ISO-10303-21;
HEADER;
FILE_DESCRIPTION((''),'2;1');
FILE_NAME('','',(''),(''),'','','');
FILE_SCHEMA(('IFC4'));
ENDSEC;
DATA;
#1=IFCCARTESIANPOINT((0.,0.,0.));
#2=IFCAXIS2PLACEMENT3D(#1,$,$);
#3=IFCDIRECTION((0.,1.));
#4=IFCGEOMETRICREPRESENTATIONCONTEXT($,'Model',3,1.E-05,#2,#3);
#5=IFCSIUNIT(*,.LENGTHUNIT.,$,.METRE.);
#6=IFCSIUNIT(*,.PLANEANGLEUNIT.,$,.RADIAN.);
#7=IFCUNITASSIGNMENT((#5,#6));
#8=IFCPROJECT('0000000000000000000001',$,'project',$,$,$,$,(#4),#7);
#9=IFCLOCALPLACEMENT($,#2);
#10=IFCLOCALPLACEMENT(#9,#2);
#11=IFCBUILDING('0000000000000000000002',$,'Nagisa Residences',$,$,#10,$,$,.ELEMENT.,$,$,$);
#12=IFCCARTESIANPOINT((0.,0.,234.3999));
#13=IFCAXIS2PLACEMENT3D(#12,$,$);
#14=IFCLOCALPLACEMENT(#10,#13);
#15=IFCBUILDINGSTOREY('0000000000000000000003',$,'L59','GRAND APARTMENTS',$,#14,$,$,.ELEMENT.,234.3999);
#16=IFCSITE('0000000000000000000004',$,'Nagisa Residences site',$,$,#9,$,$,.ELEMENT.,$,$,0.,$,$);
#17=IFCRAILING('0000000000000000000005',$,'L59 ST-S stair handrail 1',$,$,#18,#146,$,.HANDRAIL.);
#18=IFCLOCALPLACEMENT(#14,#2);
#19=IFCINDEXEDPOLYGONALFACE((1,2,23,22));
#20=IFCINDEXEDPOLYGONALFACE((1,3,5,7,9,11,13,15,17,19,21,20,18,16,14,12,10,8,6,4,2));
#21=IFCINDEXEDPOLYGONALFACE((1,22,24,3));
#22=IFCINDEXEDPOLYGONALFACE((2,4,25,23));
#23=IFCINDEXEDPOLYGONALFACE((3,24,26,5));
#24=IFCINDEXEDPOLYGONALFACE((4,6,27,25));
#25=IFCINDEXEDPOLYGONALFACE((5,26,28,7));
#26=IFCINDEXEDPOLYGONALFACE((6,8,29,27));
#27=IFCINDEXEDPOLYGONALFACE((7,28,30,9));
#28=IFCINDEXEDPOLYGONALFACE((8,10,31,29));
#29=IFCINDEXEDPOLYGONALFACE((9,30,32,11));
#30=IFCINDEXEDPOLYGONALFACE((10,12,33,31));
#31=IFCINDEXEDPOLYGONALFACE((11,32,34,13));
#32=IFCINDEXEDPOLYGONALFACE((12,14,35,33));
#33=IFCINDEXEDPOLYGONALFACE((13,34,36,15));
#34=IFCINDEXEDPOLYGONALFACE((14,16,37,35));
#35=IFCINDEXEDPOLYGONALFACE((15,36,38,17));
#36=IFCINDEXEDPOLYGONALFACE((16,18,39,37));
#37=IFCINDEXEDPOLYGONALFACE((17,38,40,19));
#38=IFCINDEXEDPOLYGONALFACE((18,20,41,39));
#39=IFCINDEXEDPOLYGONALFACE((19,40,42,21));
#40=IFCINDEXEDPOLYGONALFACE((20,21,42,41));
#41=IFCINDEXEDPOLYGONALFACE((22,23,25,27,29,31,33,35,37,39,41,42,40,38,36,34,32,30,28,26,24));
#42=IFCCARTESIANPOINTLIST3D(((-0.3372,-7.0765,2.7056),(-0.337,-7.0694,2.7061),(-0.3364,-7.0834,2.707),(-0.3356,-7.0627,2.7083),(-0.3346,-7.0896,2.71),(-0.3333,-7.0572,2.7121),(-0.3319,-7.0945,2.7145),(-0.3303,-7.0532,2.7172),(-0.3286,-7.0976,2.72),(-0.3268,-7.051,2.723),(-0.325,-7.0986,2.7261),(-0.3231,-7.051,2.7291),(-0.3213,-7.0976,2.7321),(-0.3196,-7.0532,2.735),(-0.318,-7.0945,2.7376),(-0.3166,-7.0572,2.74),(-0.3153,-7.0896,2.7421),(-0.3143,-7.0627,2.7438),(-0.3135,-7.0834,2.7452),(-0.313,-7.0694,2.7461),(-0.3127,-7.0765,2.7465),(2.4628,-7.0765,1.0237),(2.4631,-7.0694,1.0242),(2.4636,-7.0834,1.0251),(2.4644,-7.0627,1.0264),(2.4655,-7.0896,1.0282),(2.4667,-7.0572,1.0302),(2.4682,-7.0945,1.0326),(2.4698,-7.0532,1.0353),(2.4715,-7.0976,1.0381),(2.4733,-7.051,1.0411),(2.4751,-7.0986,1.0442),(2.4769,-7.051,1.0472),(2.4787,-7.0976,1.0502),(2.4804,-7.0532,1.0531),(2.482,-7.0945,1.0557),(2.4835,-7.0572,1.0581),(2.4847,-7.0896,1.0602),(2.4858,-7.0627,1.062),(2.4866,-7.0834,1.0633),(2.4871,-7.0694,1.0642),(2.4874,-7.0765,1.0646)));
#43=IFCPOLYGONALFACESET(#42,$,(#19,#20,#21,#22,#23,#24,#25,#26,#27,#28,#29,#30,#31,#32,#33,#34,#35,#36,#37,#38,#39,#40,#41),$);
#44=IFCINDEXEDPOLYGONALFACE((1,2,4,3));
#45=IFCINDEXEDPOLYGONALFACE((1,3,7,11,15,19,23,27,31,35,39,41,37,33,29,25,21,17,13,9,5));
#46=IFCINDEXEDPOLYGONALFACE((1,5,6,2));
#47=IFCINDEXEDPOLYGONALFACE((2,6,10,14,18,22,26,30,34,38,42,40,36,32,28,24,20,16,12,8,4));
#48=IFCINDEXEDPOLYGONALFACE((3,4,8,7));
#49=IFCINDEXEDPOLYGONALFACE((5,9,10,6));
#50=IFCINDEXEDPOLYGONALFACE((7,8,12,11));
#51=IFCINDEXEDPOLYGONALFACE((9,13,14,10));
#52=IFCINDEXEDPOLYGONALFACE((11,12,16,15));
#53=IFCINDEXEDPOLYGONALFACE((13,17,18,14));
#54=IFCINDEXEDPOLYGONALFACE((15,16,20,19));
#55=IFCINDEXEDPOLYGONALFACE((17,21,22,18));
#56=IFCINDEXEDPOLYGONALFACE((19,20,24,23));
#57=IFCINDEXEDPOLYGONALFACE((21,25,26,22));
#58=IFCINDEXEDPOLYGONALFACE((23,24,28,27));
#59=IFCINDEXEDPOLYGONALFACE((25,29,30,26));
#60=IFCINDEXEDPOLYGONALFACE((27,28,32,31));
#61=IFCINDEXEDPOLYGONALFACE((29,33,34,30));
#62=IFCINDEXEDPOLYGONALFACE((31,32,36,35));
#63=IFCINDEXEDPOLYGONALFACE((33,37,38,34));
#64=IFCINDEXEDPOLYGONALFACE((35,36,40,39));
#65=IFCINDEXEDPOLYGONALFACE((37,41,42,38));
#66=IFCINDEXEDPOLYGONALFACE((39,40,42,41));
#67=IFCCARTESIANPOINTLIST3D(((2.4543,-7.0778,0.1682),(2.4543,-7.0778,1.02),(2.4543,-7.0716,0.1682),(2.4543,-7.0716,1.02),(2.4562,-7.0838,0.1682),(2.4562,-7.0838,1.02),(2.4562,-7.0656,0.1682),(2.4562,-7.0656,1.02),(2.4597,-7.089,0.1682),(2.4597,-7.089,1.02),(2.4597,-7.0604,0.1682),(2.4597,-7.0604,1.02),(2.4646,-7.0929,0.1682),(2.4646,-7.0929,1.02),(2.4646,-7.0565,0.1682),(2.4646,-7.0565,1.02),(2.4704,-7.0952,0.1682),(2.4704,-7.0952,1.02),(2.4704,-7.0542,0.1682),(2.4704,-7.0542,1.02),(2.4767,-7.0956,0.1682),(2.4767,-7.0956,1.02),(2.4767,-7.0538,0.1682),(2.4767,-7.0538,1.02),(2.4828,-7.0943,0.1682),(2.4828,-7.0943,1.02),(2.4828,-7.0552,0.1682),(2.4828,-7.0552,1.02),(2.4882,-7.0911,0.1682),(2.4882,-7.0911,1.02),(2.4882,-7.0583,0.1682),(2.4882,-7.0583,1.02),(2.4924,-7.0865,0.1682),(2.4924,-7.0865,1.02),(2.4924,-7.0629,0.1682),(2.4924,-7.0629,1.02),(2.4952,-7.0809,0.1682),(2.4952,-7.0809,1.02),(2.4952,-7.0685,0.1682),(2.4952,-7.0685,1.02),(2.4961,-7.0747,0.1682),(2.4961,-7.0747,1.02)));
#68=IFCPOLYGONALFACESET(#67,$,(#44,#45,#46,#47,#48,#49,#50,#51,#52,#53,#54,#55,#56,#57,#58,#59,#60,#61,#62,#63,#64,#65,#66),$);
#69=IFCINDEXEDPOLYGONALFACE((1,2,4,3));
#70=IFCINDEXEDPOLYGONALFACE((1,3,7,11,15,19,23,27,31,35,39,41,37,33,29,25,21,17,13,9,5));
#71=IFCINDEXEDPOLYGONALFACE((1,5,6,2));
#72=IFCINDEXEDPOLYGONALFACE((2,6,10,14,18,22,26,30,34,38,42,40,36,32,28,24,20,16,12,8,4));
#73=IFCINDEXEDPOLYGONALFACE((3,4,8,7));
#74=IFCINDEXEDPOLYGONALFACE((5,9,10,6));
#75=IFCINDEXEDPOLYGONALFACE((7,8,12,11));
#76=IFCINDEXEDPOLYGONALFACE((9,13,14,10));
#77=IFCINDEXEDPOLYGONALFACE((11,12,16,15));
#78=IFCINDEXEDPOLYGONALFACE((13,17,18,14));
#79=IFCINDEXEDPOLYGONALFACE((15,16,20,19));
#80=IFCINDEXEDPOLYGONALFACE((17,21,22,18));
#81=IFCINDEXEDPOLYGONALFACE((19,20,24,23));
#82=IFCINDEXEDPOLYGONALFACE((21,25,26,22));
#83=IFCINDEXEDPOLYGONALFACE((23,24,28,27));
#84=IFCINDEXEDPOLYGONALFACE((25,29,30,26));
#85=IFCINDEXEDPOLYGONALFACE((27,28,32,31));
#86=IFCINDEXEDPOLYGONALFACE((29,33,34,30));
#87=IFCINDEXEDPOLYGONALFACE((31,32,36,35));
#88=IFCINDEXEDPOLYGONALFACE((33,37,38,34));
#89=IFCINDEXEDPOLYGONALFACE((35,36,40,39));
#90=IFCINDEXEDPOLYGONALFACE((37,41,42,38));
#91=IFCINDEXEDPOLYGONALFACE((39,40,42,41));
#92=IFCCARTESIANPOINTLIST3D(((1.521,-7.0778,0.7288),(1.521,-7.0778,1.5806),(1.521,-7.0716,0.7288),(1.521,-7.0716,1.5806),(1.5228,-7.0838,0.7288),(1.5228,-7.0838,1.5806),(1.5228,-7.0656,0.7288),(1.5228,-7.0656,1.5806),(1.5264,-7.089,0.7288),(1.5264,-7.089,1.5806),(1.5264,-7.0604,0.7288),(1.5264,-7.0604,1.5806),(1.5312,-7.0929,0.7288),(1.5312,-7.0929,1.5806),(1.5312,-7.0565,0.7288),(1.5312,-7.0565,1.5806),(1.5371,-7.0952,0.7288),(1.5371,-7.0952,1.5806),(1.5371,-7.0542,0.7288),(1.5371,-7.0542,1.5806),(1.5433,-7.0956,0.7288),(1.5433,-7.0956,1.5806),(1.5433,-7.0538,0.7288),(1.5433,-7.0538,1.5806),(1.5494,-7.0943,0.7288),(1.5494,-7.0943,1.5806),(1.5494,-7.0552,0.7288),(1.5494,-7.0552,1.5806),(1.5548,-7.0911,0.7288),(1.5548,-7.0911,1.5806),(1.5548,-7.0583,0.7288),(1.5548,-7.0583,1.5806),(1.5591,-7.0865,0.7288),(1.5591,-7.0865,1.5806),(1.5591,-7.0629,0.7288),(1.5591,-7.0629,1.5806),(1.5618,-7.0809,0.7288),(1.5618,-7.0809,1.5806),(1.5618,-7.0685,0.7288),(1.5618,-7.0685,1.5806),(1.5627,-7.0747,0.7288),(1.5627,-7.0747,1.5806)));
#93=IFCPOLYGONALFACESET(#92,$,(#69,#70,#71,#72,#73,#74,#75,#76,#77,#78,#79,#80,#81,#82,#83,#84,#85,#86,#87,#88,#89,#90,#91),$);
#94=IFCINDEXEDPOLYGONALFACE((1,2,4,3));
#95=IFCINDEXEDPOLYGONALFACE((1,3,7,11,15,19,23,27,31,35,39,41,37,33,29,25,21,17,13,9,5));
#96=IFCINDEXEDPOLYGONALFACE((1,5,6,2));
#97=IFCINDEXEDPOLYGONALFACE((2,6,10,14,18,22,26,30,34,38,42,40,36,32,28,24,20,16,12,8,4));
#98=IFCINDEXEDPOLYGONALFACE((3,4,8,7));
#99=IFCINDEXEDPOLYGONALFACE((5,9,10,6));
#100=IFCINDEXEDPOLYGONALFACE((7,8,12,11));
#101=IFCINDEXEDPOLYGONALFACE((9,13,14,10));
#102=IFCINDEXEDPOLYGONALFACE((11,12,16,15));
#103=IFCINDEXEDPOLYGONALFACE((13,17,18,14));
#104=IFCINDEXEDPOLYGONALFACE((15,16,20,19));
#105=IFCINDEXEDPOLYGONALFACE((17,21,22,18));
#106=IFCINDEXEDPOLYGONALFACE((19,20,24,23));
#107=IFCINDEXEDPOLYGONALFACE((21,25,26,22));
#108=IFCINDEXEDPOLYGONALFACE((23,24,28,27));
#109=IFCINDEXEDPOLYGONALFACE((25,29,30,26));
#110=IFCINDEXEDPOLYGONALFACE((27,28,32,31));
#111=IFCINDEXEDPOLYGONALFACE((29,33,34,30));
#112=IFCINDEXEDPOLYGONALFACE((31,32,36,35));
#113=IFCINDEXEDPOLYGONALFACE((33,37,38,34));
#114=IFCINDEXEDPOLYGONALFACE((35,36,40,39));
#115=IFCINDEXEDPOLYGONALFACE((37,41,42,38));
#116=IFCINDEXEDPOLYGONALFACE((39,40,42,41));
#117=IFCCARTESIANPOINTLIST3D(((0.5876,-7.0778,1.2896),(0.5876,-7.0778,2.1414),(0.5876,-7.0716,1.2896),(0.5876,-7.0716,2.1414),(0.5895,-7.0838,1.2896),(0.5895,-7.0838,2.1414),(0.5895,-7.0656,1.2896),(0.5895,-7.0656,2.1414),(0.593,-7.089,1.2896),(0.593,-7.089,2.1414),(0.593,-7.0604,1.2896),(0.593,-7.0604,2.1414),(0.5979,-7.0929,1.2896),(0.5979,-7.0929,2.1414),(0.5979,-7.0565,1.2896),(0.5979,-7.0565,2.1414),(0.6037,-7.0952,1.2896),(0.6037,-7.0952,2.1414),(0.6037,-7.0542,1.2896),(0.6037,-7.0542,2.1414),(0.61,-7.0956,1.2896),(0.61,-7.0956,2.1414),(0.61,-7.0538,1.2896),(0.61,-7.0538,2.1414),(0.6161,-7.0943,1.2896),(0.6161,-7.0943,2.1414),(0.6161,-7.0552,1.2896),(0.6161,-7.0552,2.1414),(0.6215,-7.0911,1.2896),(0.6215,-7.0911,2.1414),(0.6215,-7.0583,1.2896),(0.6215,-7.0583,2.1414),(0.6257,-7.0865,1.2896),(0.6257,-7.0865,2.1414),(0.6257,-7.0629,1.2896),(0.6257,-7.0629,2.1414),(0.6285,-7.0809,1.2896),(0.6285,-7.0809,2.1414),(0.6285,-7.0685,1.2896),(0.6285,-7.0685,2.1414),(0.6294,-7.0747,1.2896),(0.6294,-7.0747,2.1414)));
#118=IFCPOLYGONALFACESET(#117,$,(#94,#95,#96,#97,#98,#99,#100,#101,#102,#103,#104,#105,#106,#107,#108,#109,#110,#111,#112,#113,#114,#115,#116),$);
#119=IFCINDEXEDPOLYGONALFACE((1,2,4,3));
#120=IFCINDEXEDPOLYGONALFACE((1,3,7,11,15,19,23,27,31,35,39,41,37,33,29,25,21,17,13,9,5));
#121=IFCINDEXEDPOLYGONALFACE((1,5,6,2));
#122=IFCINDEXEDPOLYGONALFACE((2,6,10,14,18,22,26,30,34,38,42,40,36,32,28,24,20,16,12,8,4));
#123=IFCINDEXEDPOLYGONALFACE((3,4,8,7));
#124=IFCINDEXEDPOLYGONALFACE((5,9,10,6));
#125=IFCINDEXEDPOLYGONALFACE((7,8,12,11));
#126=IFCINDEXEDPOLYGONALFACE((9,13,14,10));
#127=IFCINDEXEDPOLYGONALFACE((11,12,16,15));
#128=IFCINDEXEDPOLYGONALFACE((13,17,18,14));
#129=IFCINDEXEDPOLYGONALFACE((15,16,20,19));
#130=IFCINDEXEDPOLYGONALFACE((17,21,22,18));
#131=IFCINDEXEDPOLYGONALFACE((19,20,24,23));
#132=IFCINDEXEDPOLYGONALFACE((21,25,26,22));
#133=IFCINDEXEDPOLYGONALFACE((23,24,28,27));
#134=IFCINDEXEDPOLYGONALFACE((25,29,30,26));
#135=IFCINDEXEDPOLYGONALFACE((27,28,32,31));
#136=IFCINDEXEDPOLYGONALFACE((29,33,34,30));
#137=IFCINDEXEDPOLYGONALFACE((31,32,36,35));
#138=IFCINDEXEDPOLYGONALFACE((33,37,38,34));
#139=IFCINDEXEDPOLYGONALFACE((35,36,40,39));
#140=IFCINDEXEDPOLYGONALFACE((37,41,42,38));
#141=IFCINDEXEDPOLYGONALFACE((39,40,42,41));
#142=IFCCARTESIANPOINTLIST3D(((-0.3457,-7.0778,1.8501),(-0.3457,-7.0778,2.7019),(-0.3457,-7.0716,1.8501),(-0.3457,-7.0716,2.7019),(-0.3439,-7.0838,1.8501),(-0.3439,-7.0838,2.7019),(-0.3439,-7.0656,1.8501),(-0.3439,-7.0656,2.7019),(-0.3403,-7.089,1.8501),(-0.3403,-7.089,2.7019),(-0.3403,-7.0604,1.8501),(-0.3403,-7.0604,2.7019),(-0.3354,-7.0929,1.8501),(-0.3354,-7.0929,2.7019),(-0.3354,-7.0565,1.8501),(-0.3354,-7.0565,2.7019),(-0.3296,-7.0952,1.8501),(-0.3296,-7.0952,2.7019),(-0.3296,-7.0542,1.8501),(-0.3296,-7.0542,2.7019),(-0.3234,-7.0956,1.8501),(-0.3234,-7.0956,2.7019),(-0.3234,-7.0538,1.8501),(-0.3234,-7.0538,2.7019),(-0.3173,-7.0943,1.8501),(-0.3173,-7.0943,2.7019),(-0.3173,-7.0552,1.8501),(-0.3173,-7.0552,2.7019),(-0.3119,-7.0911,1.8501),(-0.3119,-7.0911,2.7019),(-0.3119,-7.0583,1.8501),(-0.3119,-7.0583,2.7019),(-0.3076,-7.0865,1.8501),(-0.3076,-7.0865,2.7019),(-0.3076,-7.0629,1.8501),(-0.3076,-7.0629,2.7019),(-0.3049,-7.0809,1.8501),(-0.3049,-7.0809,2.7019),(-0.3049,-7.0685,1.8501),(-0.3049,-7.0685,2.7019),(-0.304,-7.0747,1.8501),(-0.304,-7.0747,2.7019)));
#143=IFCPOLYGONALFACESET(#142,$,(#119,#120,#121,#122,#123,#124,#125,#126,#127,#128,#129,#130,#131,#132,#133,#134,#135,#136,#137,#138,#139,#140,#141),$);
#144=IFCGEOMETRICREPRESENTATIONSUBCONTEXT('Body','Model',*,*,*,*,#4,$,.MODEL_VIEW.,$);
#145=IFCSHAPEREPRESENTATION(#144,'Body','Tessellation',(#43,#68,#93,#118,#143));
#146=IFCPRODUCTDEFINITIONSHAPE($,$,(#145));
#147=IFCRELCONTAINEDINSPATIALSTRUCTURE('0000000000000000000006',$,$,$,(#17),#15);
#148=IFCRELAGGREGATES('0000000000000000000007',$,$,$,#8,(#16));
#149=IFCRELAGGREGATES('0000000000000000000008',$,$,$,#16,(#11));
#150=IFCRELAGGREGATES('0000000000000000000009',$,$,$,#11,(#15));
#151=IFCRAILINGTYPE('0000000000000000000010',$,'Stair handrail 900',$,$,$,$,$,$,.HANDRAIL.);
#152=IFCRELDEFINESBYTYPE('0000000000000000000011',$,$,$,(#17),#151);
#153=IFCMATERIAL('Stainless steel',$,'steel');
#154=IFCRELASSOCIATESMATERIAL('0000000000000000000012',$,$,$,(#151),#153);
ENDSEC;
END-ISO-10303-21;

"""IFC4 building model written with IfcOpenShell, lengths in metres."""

from ifc_helpers import new_model, si_unit, direction, frame, origin, origin_2d, place, context, subcontext, project, spatial, circle, extrude, material, type_object, element, save


model = new_model("IFC4")

# Units and contexts
model_context = context("Model", 3, precision=1e-05, world=origin(), true_north=direction((0.0, 1.0)))
body_context = subcontext(model_context, "Body", "Model", "MODEL_VIEW")
ifc_project = project(units=[si_unit("LENGTHUNIT", "METRE"), si_unit("PLANEANGLEUNIT", "RADIAN")], contexts=[model_context])

# Site, building, storey
site_placement = place(None, origin())
site = spatial("IfcSite", under=ifc_project, at=site_placement, Name="Nagisa Residences site", CompositionType="ELEMENT", RefElevation=0.0)
building_placement = place(site_placement, origin())
building = spatial("IfcBuilding", under=site, at=building_placement, Name="Nagisa Residences", CompositionType="ELEMENT")
storey_placement = place(building_placement, frame((0.0, 0.0, 234.3999)))
storey = spatial("IfcBuildingStorey", under=building, at=storey_placement, Name="L59", Description="GRAND APARTMENTS", CompositionType="ELEMENT", Elevation=234.3999)

# Railing
ifc_material_1 = material(Name="Stainless steel", Category="steel")
railing_type_1 = type_object("IfcRailingType", Name="Stair handrail 900", PredefinedType="HANDRAIL", material=ifc_material_1)
railing_1_placement = place(storey_placement, frame((2.4751, -7.0747, 0.1682)))
element("IfcRailing", 1, at=railing_1_placement, inside=storey, type_object=railing_type_1, Name="L59 ST-S stair handrail 1", PredefinedType="HANDRAIL", context=body_context, shape_type="SweptSolid", body=[
    extrude(circle(Radius=0.0239, at=origin_2d()), frame((0.0, 0.0, 0.876), z_axis=(-0.857242, 0.0, 0.514913), x_axis=(0.0, -1.0, 0.0)), (0.0, 0.0, 1.0), 3.2664),
    extrude(circle(Radius=0.021, at=origin_2d()), origin(), (0.0, 0.0, 1.0), 0.8518),
    extrude(circle(Radius=0.021, at=origin_2d()), frame((-0.9333, 0.0, 0.5605)), (0.0, 0.0, 1.0), 0.8518),
    extrude(circle(Radius=0.021, at=origin_2d()), frame((-1.8667, 0.0, 1.1213)), (0.0, 0.0, 1.0), 0.8518),
    extrude(circle(Radius=0.021, at=origin_2d()), frame((-2.8, 0.0, 1.6819)), (0.0, 0.0, 1.0), 0.8518),
])

save(model, "model.ifc")
